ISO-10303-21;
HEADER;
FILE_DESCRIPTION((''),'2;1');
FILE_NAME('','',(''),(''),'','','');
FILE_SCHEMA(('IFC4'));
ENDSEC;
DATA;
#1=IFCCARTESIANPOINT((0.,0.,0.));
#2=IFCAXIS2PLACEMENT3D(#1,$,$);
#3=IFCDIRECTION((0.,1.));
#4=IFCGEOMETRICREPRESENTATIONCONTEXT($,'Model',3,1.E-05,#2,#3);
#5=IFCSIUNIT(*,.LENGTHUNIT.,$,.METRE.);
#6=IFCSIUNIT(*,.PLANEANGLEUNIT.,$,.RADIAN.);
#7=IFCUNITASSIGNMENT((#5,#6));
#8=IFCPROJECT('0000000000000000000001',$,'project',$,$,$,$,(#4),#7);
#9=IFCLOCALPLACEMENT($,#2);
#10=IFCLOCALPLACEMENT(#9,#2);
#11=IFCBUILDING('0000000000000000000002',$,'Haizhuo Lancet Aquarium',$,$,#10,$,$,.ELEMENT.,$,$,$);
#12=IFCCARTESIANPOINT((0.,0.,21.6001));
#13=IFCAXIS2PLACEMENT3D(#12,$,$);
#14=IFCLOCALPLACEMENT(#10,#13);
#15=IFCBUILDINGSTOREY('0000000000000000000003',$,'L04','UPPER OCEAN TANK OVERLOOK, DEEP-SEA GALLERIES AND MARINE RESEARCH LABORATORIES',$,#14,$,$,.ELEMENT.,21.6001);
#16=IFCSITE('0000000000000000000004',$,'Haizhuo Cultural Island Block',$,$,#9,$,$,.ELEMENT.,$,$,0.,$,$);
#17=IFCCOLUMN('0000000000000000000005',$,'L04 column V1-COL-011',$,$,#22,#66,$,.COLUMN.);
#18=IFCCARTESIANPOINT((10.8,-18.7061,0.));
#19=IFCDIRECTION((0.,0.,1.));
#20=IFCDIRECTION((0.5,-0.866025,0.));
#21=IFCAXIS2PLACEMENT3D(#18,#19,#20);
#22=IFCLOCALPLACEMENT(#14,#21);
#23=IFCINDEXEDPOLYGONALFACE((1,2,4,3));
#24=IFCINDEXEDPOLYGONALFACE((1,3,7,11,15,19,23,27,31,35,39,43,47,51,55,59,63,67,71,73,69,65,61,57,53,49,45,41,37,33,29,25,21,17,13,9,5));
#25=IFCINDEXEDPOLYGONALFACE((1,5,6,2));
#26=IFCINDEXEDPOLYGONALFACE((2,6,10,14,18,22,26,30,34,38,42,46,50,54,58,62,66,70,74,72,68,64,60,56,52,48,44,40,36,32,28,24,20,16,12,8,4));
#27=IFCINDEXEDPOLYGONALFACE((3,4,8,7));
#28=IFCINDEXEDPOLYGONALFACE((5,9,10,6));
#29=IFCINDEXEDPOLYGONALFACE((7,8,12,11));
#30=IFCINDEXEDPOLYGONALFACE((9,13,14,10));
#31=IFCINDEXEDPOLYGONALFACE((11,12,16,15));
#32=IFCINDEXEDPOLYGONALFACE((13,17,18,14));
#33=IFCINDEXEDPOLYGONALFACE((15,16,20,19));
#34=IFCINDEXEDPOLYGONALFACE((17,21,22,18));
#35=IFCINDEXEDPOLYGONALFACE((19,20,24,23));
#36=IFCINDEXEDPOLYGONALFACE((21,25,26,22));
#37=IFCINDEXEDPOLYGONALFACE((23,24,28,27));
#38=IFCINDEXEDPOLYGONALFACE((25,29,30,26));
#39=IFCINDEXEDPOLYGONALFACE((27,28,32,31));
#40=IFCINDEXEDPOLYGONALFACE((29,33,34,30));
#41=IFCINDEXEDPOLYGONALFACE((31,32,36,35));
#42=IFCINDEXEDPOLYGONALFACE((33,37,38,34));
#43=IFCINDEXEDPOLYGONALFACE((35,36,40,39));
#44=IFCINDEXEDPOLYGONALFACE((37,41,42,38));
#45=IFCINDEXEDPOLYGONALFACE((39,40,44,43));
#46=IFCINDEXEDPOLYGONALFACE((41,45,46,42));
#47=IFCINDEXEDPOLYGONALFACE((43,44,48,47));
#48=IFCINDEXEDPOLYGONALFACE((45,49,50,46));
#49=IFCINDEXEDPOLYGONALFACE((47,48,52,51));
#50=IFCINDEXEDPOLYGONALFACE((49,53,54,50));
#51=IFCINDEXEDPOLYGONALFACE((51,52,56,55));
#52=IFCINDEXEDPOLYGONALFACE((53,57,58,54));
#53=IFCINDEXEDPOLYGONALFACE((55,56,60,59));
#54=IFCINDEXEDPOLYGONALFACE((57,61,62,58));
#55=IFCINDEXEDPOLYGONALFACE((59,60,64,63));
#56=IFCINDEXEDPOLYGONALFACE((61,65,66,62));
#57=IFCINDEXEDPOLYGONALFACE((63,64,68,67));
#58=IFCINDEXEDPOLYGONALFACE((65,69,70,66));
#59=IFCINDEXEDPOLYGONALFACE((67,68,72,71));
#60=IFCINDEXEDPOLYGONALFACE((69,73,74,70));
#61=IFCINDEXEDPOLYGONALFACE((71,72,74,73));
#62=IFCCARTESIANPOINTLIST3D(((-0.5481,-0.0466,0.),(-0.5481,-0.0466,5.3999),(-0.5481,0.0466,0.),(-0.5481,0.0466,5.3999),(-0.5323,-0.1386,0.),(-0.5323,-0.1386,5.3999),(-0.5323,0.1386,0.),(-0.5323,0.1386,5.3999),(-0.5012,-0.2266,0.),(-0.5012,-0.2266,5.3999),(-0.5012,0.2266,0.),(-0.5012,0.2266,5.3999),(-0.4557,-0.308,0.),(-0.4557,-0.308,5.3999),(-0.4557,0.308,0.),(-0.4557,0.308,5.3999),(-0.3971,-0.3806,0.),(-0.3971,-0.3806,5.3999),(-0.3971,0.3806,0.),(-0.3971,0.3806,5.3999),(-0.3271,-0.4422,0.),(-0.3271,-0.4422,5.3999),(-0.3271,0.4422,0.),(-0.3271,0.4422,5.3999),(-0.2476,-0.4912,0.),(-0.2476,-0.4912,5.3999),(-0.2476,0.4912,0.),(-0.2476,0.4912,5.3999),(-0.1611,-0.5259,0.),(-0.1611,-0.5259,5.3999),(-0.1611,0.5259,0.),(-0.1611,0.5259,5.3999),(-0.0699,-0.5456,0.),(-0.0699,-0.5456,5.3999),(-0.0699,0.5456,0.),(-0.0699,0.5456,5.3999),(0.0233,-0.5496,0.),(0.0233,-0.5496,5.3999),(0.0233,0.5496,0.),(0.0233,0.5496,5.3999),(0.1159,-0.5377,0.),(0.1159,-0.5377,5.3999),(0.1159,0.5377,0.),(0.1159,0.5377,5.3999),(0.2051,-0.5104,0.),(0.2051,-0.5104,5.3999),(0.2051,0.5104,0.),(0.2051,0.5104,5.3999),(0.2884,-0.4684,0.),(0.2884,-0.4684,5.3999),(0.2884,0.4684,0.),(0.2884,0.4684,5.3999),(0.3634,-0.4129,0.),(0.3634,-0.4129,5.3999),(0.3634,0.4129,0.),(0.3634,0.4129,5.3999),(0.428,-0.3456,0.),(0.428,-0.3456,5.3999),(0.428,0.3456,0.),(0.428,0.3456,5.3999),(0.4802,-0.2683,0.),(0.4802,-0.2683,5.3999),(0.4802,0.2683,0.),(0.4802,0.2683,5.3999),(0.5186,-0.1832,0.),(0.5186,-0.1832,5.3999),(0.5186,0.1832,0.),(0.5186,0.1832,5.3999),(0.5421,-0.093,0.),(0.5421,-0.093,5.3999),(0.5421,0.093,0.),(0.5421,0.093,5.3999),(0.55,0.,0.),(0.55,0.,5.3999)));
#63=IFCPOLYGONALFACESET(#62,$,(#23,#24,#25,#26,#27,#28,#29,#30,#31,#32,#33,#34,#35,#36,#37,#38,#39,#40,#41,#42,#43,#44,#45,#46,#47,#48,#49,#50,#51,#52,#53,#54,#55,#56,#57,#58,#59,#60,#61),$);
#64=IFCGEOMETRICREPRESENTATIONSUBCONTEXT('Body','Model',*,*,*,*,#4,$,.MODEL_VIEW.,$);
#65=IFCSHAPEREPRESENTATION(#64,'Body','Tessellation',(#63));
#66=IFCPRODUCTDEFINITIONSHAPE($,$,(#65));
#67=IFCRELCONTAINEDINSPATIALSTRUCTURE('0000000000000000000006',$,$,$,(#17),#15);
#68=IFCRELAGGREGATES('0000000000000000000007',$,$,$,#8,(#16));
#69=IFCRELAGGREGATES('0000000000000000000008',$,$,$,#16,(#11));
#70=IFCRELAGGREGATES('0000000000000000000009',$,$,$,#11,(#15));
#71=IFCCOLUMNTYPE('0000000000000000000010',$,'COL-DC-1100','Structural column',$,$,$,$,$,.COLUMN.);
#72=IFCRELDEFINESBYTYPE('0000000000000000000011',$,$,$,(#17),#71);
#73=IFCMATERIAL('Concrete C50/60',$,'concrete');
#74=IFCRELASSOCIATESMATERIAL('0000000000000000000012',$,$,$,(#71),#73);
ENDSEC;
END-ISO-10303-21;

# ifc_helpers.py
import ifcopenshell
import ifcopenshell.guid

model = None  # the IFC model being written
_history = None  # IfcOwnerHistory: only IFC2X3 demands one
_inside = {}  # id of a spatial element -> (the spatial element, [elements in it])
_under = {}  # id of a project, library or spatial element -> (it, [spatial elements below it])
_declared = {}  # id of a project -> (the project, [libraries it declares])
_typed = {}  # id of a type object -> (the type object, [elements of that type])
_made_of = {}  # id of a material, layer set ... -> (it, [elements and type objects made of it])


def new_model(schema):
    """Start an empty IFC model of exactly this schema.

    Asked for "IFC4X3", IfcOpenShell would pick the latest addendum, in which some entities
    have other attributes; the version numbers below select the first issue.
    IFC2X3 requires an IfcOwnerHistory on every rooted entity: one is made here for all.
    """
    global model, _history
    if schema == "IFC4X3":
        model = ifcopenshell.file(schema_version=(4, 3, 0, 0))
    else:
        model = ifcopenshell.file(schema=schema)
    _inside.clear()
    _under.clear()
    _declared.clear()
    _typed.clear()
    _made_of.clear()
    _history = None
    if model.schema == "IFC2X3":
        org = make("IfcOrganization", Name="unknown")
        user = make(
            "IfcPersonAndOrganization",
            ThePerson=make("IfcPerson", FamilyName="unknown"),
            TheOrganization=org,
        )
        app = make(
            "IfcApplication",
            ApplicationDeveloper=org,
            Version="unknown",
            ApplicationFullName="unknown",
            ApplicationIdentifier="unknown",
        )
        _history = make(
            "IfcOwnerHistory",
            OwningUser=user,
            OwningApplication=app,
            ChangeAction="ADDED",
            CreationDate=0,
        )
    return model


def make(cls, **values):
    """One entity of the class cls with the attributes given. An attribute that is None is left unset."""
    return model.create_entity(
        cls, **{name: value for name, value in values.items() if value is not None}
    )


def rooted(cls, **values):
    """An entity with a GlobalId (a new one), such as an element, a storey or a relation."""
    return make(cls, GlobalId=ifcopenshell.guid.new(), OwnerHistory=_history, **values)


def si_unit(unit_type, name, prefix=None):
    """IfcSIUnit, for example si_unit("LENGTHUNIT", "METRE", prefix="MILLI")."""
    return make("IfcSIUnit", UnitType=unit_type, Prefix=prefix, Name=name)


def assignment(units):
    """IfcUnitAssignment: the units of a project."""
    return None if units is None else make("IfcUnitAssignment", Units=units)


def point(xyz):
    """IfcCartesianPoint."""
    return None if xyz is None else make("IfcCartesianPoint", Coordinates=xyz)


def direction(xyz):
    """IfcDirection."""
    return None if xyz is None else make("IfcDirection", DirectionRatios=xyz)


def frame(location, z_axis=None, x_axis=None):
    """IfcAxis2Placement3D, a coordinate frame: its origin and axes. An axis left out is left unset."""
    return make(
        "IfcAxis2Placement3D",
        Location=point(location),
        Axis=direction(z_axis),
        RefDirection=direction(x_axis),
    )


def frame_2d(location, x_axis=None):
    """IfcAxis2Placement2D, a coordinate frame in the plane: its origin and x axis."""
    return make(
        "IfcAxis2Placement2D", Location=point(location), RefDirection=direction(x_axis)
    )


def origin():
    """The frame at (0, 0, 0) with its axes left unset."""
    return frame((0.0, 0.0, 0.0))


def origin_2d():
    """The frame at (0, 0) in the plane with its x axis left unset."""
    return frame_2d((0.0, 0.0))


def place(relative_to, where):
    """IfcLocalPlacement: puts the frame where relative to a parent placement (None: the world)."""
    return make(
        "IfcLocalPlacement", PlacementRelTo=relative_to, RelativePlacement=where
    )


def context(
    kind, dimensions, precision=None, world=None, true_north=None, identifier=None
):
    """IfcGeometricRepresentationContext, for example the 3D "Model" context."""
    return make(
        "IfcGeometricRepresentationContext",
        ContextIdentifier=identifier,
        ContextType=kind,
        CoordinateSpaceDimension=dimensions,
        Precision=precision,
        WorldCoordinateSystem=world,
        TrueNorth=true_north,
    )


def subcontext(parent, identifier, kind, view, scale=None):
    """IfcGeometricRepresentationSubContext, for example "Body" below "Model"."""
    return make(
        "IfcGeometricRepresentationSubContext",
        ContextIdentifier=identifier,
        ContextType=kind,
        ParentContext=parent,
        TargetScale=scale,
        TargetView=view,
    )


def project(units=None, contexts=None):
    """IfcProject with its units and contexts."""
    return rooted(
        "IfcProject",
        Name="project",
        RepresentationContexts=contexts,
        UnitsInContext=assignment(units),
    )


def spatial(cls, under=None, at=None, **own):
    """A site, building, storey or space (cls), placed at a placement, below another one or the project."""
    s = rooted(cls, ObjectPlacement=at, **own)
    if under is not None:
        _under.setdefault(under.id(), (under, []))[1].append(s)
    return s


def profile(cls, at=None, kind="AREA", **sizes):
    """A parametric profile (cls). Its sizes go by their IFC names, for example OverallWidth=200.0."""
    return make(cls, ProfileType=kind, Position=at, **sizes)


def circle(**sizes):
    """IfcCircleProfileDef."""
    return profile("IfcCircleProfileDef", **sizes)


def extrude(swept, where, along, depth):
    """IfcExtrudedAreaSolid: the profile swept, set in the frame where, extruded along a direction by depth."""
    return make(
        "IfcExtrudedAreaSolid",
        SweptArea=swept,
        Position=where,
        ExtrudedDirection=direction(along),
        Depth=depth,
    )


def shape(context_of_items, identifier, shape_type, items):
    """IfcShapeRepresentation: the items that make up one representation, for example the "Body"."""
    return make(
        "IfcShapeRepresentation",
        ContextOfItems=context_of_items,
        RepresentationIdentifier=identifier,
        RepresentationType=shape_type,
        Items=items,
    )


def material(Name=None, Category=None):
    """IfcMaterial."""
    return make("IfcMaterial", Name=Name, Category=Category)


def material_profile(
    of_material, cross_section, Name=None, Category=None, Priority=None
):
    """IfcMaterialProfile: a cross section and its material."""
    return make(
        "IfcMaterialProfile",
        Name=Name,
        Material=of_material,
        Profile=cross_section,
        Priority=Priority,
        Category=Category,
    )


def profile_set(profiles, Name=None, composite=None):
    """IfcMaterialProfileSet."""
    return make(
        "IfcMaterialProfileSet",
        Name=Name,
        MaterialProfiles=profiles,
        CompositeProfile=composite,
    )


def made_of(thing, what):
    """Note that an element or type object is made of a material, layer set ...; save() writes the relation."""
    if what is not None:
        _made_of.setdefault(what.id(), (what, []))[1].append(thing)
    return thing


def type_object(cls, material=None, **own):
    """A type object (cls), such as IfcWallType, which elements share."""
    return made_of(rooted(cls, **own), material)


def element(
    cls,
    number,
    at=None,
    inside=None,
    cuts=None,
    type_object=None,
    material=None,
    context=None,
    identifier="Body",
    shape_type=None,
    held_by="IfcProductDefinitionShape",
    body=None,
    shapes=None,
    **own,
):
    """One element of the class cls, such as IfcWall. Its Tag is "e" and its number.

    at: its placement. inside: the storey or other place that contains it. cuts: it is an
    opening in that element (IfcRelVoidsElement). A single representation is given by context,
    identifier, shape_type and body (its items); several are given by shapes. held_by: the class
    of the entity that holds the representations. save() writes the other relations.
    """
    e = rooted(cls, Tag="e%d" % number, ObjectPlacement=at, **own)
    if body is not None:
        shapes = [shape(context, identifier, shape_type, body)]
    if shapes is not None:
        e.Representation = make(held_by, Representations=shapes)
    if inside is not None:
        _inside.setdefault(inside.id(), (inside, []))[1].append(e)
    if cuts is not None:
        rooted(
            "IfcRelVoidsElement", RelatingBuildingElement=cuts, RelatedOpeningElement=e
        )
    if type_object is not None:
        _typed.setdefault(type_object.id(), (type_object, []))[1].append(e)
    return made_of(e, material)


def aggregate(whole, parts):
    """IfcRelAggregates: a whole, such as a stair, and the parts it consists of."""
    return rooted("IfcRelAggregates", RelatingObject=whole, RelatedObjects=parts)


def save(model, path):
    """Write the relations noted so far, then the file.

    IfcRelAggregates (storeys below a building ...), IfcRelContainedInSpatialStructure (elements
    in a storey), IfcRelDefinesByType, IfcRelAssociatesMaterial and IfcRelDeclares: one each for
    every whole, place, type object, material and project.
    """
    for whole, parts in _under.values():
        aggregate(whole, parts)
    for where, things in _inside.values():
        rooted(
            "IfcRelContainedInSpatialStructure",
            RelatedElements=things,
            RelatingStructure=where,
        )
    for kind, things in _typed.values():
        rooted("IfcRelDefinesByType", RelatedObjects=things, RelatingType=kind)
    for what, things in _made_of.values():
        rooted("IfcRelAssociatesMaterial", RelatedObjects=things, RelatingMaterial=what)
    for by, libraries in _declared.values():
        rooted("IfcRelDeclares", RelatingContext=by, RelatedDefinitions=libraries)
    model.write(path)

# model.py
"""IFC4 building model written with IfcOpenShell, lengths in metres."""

from ifc_helpers import new_model, si_unit, direction, frame, origin, origin_2d, place, context, subcontext, project, spatial, circle, extrude, material, material_profile, profile_set, type_object, element, save


model = new_model("IFC4")

# Units and contexts
model_context = context("Model", 3, precision=1e-05, world=origin(), true_north=direction((0.0, 1.0)))
body_context = subcontext(model_context, "Body", "Model", "MODEL_VIEW")
ifc_project = project(units=[si_unit("LENGTHUNIT", "METRE"), si_unit("PLANEANGLEUNIT", "RADIAN")], contexts=[model_context])

# Site, building, storey
site_placement = place(None, origin())
site = spatial("IfcSite", under=ifc_project, at=site_placement, Name="Haizhuo Cultural Island Block", CompositionType="ELEMENT", RefElevation=0.0)
building_placement = place(site_placement, origin())
building = spatial("IfcBuilding", under=site, at=building_placement, Name="Haizhuo Lancet Aquarium", CompositionType="ELEMENT")
storey_placement = place(building_placement, frame((0.0, 0.0, 21.6001)))
storey = spatial("IfcBuildingStorey", under=building, at=storey_placement, Name="L04", Description="UPPER OCEAN TANK OVERLOOK, DEEP-SEA GALLERIES AND MARINE RESEARCH LABORATORIES", CompositionType="ELEMENT", Elevation=21.6001)

# Column
ifc_material_1 = material(Name="Concrete C50/60", Category="concrete")
ifc_material_profile_1 = material_profile(ifc_material_1, circle(Radius=0.55, at=origin_2d()), Name="RC-DC 1100")
ifc_profile_set_1 = profile_set([ifc_material_profile_1], Name="Concrete C50/60")
column_type = type_object("IfcColumnType", Name="COL-DC-1100", Description="Structural column", PredefinedType="COLUMN", material=ifc_profile_set_1)
column_placement = place(storey_placement, frame((10.8, -18.7061, 0.0), z_axis=(0.0, 0.0, 1.0), x_axis=(0.5, -0.866025, 0.0)))
element("IfcColumn", 1, at=column_placement, inside=storey, type_object=column_type, Name="L04 column V1-COL-011", PredefinedType="COLUMN", context=body_context, shape_type="SweptSolid", body=[
    extrude(circle(Radius=0.55, at=origin_2d()), origin(), (0.0, 0.0, 1.0), 5.3999),
])

save(model, "model.ifc")
